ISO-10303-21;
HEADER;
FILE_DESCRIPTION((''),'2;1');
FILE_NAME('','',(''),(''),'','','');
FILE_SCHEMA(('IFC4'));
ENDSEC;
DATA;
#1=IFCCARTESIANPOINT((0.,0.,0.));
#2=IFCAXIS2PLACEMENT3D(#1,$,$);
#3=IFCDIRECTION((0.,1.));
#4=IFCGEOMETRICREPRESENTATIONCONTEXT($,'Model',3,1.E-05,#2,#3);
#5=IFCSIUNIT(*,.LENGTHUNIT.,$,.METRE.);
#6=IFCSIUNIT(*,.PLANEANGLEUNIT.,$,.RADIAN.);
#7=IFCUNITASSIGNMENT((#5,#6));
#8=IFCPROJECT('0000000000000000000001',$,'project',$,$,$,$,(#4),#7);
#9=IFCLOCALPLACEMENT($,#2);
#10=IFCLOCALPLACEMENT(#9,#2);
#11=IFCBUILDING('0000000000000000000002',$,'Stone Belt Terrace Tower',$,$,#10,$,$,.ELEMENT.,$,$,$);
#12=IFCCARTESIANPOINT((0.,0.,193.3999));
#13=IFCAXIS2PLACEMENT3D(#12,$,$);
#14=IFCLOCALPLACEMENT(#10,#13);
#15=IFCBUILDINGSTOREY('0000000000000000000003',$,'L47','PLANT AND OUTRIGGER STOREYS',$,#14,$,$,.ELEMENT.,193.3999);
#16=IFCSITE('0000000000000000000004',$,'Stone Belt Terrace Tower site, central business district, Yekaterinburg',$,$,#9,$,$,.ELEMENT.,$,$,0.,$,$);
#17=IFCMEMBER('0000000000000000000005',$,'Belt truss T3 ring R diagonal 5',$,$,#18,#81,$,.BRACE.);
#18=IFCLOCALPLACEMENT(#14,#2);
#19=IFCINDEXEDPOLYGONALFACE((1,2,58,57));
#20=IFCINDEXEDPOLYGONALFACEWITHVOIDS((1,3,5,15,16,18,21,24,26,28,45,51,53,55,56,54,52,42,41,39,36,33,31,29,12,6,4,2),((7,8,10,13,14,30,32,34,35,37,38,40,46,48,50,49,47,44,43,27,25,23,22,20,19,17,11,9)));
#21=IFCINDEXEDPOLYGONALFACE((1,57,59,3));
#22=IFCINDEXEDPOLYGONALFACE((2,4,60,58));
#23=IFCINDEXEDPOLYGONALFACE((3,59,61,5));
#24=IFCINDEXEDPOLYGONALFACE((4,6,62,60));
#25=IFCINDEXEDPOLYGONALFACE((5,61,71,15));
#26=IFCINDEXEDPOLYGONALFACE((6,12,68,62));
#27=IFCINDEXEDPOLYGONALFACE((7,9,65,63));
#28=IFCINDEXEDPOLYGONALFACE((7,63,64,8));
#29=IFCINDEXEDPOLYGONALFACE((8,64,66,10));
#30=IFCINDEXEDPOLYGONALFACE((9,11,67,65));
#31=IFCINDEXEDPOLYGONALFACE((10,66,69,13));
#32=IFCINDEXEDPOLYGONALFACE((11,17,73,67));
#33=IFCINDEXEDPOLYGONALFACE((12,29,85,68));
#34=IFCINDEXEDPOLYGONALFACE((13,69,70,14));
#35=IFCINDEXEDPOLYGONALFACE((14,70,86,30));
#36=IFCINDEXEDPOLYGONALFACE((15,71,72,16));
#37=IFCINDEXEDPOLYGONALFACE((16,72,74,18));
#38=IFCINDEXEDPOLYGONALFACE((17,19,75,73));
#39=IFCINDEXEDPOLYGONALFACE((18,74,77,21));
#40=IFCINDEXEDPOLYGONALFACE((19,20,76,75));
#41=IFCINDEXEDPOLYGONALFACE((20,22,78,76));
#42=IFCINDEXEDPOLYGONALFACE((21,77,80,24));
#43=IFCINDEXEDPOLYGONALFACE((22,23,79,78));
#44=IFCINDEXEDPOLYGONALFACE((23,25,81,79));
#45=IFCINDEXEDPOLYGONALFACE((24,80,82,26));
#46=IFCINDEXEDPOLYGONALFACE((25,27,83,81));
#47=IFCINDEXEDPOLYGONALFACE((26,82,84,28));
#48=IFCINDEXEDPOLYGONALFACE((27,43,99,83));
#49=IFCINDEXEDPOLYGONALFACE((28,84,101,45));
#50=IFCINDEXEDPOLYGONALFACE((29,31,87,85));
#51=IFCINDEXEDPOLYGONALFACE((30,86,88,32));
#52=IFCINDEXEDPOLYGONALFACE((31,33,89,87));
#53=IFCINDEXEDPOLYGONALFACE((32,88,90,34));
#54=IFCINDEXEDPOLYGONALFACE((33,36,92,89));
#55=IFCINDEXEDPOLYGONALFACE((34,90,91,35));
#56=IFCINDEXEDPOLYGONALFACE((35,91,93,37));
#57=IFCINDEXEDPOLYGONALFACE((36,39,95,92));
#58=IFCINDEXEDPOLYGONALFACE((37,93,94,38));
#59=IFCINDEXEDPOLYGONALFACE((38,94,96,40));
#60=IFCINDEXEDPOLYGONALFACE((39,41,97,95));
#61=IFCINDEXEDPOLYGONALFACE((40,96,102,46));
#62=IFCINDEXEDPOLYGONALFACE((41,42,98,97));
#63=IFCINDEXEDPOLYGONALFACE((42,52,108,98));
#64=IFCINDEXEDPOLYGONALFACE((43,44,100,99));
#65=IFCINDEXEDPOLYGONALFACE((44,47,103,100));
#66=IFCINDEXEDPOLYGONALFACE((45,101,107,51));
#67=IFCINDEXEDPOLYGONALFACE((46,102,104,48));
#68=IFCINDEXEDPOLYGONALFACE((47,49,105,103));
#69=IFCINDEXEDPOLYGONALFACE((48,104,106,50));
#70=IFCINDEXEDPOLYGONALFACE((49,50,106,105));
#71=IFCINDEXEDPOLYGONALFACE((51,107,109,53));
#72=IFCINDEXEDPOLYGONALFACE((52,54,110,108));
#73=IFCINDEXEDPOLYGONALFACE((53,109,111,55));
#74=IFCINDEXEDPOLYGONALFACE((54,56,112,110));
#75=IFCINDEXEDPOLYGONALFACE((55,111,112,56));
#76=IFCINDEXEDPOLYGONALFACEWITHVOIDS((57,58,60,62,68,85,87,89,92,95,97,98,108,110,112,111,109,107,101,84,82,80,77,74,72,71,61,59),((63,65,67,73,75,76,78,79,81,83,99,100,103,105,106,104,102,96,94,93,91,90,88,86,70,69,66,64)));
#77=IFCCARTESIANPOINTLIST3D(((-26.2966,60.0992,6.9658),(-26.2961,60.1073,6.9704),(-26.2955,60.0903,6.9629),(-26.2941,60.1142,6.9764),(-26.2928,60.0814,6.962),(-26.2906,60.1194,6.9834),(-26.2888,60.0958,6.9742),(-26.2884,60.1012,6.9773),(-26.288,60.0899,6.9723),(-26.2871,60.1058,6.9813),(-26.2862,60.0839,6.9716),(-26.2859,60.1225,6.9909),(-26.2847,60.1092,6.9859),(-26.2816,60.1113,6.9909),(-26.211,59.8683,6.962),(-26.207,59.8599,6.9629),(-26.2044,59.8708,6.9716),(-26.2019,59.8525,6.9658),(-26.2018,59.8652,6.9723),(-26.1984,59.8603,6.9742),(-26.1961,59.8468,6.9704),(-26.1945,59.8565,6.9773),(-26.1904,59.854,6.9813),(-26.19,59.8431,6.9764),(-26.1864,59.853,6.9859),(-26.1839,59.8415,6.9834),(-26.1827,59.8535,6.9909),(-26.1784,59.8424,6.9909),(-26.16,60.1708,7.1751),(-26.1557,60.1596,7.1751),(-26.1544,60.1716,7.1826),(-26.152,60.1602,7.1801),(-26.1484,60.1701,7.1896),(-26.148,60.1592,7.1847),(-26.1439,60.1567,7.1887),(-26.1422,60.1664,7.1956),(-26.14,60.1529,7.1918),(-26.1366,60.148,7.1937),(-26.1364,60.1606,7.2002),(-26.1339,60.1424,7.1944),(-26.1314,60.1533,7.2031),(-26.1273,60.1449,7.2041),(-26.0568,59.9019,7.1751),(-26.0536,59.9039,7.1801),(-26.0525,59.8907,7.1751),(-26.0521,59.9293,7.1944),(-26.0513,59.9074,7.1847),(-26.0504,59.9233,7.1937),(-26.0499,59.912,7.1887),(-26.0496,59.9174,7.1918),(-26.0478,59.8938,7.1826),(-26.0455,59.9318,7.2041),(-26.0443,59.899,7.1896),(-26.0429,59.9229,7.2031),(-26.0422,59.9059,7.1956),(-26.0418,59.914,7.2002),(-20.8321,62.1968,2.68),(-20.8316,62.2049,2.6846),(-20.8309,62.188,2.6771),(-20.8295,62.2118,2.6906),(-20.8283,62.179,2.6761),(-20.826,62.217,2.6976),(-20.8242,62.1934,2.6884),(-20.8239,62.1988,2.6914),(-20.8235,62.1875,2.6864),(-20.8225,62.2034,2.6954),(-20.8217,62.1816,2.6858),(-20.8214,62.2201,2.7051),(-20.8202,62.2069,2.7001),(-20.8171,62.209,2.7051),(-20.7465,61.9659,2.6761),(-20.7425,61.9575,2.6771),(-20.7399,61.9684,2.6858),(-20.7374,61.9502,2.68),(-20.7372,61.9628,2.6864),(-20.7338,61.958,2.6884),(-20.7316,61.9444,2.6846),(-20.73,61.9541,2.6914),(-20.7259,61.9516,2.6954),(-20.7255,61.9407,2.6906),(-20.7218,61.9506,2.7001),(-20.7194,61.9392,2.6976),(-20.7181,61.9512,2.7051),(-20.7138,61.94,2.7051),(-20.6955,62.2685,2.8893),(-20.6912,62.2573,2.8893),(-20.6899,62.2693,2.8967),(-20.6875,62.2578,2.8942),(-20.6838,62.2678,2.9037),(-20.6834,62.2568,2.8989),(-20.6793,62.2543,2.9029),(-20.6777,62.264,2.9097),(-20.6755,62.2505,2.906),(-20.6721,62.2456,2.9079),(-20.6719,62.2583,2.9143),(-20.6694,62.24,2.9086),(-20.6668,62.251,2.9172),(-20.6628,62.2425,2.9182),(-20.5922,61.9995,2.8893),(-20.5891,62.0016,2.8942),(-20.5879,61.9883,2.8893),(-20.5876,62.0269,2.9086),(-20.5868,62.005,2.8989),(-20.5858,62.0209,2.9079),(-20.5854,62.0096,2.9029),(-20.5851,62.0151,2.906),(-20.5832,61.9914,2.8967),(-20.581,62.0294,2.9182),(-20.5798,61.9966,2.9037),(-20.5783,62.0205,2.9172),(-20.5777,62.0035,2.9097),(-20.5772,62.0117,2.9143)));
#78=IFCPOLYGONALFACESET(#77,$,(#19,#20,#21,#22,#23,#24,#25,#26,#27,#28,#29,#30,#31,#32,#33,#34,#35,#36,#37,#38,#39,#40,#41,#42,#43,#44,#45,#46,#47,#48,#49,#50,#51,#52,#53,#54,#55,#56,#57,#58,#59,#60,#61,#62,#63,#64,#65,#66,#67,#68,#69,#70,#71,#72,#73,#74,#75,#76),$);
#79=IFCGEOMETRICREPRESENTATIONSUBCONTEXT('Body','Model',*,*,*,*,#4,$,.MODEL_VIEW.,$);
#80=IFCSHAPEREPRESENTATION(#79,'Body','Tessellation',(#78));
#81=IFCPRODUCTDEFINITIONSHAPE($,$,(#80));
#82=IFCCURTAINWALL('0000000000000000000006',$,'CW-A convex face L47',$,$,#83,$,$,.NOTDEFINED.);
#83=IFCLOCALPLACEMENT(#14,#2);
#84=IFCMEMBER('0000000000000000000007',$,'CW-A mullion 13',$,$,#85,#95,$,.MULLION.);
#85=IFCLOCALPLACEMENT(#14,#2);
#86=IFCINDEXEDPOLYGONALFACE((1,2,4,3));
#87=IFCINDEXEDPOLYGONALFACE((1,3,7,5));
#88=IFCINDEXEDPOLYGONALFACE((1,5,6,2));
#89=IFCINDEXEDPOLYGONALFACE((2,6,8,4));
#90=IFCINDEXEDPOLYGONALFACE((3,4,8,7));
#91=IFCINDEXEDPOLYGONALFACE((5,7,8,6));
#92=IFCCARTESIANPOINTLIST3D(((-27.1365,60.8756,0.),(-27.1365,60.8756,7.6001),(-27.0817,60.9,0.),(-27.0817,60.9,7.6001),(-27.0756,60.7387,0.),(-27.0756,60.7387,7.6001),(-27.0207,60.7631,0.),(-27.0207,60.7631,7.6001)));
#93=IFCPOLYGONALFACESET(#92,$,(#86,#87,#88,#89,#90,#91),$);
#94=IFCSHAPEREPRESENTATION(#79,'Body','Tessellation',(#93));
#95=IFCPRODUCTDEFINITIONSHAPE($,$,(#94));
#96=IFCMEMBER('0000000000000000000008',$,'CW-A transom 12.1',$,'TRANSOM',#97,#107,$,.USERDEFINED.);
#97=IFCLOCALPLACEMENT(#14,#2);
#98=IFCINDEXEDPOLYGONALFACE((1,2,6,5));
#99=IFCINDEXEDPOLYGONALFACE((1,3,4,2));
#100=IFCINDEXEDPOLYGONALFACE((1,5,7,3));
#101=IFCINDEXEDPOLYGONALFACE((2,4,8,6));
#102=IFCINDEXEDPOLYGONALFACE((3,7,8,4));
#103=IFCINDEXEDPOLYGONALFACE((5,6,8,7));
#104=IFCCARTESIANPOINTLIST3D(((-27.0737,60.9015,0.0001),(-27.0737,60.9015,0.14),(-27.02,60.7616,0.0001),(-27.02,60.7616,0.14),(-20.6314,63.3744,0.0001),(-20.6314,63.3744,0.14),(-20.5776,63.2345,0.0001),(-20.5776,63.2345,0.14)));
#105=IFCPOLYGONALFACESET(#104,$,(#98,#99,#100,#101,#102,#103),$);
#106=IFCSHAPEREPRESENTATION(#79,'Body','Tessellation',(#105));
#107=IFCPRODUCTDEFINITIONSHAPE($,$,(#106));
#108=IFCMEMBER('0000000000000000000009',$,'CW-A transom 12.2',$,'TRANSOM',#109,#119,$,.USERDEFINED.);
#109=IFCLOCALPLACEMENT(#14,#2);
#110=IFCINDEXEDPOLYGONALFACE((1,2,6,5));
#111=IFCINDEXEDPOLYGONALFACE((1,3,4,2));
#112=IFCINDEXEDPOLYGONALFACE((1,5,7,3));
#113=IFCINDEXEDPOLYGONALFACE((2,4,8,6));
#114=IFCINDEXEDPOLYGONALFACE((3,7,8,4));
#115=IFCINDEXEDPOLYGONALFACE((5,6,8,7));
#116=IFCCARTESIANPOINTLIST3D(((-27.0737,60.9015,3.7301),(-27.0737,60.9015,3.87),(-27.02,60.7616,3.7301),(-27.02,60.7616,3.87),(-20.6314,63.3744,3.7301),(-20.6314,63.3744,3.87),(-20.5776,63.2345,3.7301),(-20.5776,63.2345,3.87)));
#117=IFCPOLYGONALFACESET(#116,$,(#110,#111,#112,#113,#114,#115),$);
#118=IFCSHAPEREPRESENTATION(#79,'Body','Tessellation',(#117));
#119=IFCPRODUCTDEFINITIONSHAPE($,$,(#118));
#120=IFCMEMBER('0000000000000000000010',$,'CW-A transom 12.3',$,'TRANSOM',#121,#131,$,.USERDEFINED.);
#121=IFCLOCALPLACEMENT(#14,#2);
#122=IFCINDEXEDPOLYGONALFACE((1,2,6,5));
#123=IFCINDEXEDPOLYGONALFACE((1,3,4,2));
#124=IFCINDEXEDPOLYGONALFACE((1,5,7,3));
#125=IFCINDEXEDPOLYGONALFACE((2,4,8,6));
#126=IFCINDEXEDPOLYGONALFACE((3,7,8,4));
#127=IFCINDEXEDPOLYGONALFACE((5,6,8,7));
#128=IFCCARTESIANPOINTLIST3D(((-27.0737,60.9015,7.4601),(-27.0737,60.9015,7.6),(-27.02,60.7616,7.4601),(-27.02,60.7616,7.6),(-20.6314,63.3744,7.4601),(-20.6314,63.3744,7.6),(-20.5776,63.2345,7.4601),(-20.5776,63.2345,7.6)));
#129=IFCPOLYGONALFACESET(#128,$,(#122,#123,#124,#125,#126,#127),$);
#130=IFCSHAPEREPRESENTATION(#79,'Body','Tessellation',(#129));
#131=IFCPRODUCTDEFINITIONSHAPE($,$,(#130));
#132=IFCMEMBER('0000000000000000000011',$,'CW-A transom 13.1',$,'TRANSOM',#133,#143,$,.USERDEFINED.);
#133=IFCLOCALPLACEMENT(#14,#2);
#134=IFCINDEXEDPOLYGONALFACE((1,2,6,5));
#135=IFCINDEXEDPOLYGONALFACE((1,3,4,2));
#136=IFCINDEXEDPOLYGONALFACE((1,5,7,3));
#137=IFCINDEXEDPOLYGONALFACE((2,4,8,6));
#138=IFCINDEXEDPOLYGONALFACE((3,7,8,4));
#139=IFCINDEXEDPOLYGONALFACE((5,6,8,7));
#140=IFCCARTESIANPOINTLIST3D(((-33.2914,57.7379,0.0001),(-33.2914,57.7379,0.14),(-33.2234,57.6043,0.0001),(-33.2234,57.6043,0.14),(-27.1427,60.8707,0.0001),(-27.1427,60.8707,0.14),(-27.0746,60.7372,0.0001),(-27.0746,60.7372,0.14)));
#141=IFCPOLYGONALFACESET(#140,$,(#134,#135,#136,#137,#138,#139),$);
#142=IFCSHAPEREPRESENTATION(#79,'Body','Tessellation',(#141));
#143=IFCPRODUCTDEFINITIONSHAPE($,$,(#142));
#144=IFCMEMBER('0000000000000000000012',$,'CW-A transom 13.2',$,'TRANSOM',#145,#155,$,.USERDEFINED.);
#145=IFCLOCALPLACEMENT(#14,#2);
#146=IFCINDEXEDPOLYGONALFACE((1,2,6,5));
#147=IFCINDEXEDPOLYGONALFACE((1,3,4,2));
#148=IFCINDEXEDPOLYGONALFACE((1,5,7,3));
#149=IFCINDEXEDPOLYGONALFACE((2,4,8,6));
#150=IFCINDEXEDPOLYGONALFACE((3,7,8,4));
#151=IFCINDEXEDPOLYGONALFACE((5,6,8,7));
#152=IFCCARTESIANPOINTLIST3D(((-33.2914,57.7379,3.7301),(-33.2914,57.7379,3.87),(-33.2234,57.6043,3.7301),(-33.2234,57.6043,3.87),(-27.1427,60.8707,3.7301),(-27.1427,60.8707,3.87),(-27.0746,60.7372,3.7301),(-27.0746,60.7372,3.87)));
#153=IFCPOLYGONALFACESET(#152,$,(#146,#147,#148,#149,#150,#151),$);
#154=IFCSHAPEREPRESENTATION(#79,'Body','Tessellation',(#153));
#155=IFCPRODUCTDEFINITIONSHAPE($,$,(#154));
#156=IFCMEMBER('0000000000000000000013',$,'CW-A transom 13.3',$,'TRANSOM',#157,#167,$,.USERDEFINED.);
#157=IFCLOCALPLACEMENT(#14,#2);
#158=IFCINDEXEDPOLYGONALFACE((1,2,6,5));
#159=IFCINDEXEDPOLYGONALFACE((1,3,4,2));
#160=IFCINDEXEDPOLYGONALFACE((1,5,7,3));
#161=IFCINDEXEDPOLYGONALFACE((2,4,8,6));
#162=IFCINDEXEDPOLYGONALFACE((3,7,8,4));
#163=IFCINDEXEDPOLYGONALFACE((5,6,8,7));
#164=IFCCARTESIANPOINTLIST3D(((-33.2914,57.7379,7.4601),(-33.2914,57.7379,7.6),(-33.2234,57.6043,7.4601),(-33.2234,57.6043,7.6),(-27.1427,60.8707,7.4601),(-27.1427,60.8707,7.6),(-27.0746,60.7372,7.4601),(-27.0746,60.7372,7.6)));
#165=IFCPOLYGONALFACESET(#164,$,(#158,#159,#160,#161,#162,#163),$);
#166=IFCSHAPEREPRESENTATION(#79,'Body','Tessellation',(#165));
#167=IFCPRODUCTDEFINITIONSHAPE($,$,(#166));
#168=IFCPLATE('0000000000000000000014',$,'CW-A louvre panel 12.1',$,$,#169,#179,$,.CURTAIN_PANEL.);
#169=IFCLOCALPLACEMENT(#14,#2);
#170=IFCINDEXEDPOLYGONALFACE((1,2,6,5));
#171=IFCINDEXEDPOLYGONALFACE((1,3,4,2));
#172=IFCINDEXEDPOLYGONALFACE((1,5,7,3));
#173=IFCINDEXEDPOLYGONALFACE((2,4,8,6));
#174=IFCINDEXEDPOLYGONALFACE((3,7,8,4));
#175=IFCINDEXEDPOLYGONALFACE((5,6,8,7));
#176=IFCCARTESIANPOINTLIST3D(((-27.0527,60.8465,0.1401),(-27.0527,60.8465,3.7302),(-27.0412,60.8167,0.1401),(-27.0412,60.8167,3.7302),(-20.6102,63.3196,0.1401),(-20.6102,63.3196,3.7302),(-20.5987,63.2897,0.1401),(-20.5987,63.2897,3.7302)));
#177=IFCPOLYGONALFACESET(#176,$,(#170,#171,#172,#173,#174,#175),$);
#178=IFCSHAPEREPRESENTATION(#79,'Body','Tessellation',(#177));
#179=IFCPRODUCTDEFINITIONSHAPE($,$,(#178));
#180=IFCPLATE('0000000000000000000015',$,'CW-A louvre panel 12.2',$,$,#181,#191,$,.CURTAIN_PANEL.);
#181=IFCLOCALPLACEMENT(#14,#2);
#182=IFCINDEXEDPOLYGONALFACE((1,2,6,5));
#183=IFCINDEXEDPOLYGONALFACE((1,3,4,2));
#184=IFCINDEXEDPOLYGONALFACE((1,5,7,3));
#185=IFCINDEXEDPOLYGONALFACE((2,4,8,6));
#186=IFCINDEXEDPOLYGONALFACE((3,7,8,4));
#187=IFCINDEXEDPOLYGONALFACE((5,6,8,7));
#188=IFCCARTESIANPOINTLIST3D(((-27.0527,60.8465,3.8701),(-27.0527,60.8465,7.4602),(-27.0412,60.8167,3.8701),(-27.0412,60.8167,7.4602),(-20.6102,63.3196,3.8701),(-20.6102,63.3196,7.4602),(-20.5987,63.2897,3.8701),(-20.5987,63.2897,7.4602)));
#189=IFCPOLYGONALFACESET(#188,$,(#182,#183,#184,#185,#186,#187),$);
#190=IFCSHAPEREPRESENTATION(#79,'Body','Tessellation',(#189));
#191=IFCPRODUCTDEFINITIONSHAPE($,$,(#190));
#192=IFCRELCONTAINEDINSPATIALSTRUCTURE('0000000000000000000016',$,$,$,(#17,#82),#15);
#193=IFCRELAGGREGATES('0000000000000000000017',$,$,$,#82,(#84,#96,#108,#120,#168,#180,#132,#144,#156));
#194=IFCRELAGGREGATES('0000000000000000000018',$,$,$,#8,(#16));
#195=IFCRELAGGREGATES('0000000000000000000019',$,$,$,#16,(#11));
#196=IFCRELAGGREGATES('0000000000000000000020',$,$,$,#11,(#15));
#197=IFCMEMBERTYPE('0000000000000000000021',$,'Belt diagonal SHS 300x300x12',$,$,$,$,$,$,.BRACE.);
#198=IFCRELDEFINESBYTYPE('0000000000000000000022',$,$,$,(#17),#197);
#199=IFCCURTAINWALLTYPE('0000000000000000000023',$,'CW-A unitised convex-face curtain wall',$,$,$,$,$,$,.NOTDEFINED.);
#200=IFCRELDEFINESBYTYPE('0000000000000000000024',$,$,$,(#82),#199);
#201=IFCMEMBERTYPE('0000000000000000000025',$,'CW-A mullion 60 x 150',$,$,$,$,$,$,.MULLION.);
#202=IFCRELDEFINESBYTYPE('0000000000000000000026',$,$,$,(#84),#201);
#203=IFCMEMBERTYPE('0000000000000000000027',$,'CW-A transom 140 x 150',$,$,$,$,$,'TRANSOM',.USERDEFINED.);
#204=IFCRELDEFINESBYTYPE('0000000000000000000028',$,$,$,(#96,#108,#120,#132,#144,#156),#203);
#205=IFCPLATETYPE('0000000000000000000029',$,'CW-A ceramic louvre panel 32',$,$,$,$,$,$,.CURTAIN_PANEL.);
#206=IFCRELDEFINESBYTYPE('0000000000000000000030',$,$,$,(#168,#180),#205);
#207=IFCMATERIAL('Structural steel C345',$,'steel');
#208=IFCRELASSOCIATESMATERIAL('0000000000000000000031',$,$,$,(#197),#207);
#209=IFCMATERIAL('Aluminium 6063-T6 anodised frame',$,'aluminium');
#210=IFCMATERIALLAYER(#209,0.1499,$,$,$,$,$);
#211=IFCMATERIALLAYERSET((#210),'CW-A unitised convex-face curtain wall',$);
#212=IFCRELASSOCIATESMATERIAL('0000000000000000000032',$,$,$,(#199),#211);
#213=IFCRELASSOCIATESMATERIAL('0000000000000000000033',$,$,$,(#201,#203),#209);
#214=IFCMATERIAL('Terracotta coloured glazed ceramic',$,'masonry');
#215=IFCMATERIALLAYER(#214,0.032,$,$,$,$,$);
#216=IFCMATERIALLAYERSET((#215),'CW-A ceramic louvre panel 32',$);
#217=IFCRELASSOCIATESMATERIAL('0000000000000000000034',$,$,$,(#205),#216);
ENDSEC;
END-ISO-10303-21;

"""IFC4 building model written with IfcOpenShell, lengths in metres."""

from ifc_helpers import new_model, si_unit, direction, frame, origin, origin_2d, place, context, subcontext, project, spatial, rectangle, hollow_rectangle, extrude, material, layer, layer_set, material_profile, profile_set, type_object, element, aggregate, save


model = new_model("IFC4")

# Units and contexts
model_context = context("Model", 3, precision=1e-05, world=origin(), true_north=direction((0.0, 1.0)))
body_context = subcontext(model_context, "Body", "Model", "MODEL_VIEW")
ifc_project = project(units=[si_unit("LENGTHUNIT", "METRE"), si_unit("PLANEANGLEUNIT", "RADIAN")], contexts=[model_context])

# Site, building, storey
site_placement = place(None, origin())
site = spatial("IfcSite", under=ifc_project, at=site_placement, Name="Stone Belt Terrace Tower site, central business district, Yekaterinburg", CompositionType="ELEMENT", RefElevation=0.0)
building_placement = place(site_placement, origin())
building = spatial("IfcBuilding", under=site, at=building_placement, Name="Stone Belt Terrace Tower", CompositionType="ELEMENT")
storey_placement = place(building_placement, frame((0.0, 0.0, 193.3999)))
storey = spatial("IfcBuildingStorey", under=building, at=storey_placement, Name="L47", Description="PLANT AND OUTRIGGER STOREYS", CompositionType="ELEMENT", Elevation=193.3999)

# Member
ifc_material_1 = material(Name="Structural steel C345", Category="steel")
ifc_material_profile_1 = material_profile(ifc_material_1, hollow_rectangle(XDim=0.3, YDim=0.3, WallThickness=0.012, InnerFilletRadius=0.0239, OuterFilletRadius=0.0359, at=origin_2d()), Name="SHS 300x300x12")
ifc_profile_set_1 = profile_set([ifc_material_profile_1], Name="Structural steel C345")
member_type_1 = type_object("IfcMemberType", Name="Belt diagonal SHS 300x300x12", PredefinedType="BRACE", material=ifc_profile_set_1)
member_1_placement = place(storey_placement, frame((-26.1692, 60.0066, 7.083), z_axis=(0.753248, 0.289144, -0.590773), x_axis=(-0.358367, 0.933581, 0.0)))
element("IfcMember", 1, at=member_1_placement, inside=storey, type_object=member_type_1, Name="Belt truss T3 ring R diagonal 5", PredefinedType="BRACE", context=body_context, shape_type="SweptSolid", body=[
    extrude(hollow_rectangle(XDim=0.3, YDim=0.3, WallThickness=0.012, InnerFilletRadius=0.0239, OuterFilletRadius=0.0359, at=origin_2d()), origin(), (0.0, 0.0, 1.0), 7.2546),
])

# Curtain wall, members, plates
ifc_material_2 = material(Name="Aluminium 6063-T6 anodised frame", Category="aluminium")
ifc_layer_1 = layer(ifc_material_2, 0.1499)
ifc_layer_set_1 = layer_set([ifc_layer_1], Name="CW-A unitised convex-face curtain wall")
curtain_wall_type = type_object("IfcCurtainWallType", Name="CW-A unitised convex-face curtain wall", PredefinedType="NOTDEFINED", material=ifc_layer_set_1)
curtain_wall_placement = place(storey_placement, origin())
curtain_wall = element("IfcCurtainWall", 2, at=curtain_wall_placement, inside=storey, type_object=curtain_wall_type, Name="CW-A convex face L47", PredefinedType="NOTDEFINED")
ifc_material_profile_2 = material_profile(ifc_material_2, rectangle(XDim=0.1499, YDim=0.0601, at=origin_2d()), Name="Aluminium 6063-T6 60x150")
ifc_profile_set_2 = profile_set([ifc_material_profile_2], Name="Aluminium 6063-T6 anodised frame")
member_type_2 = type_object("IfcMemberType", Name="CW-A mullion 60 x 150", PredefinedType="MULLION", material=ifc_profile_set_2)
member_2_placement = place(storey_placement, frame((-27.0786, 60.8193, 0.0), z_axis=(0.0, 0.0, 1.0), x_axis=(0.406737, -0.913545, 0.0)))
member_2 = element("IfcMember", 3, at=member_2_placement, type_object=member_type_2, Name="CW-A mullion 13", PredefinedType="MULLION", context=body_context, shape_type="SweptSolid", body=[
    extrude(rectangle(XDim=0.1499, YDim=0.0601, at=origin_2d()), origin(), (0.0, 0.0, 1.0), 7.6001),
])
ifc_material_profile_3 = material_profile(ifc_material_2, rectangle(XDim=0.1499, YDim=0.1399, at=origin_2d()), Name="Aluminium 6063-T6 150x140")
ifc_profile_set_3 = profile_set([ifc_material_profile_3], Name="Aluminium 6063-T6 anodised frame")
member_type_3 = type_object("IfcMemberType", Name="CW-A transom 140 x 150", ElementType="TRANSOM", PredefinedType="USERDEFINED", material=ifc_profile_set_3)
member_3_placement = place(storey_placement, frame((-20.6045, 63.3044, 0.0701), z_axis=(-0.933585, -0.358355, 0.0), x_axis=(0.358355, -0.933585, 0.0)))
member_3 = element("IfcMember", 4, at=member_3_placement, type_object=member_type_3, Name="CW-A transom 12.1", ObjectType="TRANSOM", PredefinedType="USERDEFINED", context=body_context, shape_type="SweptSolid", body=[
    extrude(rectangle(XDim=0.1499, YDim=0.1399, at=origin_2d()), origin(), (0.0, 0.0, 1.0), 6.9006),
])
member_4_placement = place(storey_placement, frame((-20.6045, 63.3044, 3.8), z_axis=(-0.933585, -0.358355, 0.0), x_axis=(0.358355, -0.933585, 0.0)))
member_4 = element("IfcMember", 5, at=member_4_placement, type_object=member_type_3, Name="CW-A transom 12.2", ObjectType="TRANSOM", PredefinedType="USERDEFINED", context=body_context, shape_type="SweptSolid", body=[
    extrude(rectangle(XDim=0.1499, YDim=0.1399, at=origin_2d()), origin(), (0.0, 0.0, 1.0), 6.9006),
])
member_5_placement = place(storey_placement, frame((-20.6045, 63.3044, 7.53), z_axis=(-0.933585, -0.358355, 0.0), x_axis=(0.358355, -0.933585, 0.0)))
member_5 = element("IfcMember", 6, at=member_5_placement, type_object=member_type_3, Name="CW-A transom 12.3", ObjectType="TRANSOM", PredefinedType="USERDEFINED", context=body_context, shape_type="SweptSolid", body=[
    extrude(rectangle(XDim=0.1499, YDim=0.1399, at=origin_2d()), origin(), (0.0, 0.0, 1.0), 6.9006),
])
member_6_placement = place(storey_placement, frame((-27.1086, 60.804, 0.0701), z_axis=(-0.891012, -0.453979, 0.0), x_axis=(0.453979, -0.891012, 0.0)))
member_6 = element("IfcMember", 7, at=member_6_placement, type_object=member_type_3, Name="CW-A transom 13.1", ObjectType="TRANSOM", PredefinedType="USERDEFINED", context=body_context, shape_type="SweptSolid", body=[
    extrude(rectangle(XDim=0.1499, YDim=0.1399, at=origin_2d()), origin(), (0.0, 0.0, 1.0), 6.9009),
])
member_7_placement = place(storey_placement, frame((-27.1086, 60.804, 3.8), z_axis=(-0.891012, -0.453979, 0.0), x_axis=(0.453979, -0.891012, 0.0)))
member_7 = element("IfcMember", 8, at=member_7_placement, type_object=member_type_3, Name="CW-A transom 13.2", ObjectType="TRANSOM", PredefinedType="USERDEFINED", context=body_context, shape_type="SweptSolid", body=[
    extrude(rectangle(XDim=0.1499, YDim=0.1399, at=origin_2d()), origin(), (0.0, 0.0, 1.0), 6.9009),
])
member_8_placement = place(storey_placement, frame((-27.1086, 60.804, 7.53), z_axis=(-0.891012, -0.453979, 0.0), x_axis=(0.453979, -0.891012, 0.0)))
member_8 = element("IfcMember", 9, at=member_8_placement, type_object=member_type_3, Name="CW-A transom 13.3", ObjectType="TRANSOM", PredefinedType="USERDEFINED", context=body_context, shape_type="SweptSolid", body=[
    extrude(rectangle(XDim=0.1499, YDim=0.1399, at=origin_2d()), origin(), (0.0, 0.0, 1.0), 6.9009),
])
ifc_material_3 = material(Name="Terracotta coloured glazed ceramic", Category="masonry")
ifc_layer_2 = layer(ifc_material_3, 0.032)
ifc_layer_set_2 = layer_set([ifc_layer_2], Name="CW-A ceramic louvre panel 32")
plate_type = type_object("IfcPlateType", Name="CW-A ceramic louvre panel 32", PredefinedType="CURTAIN_PANEL", material=ifc_layer_set_2)
plate_1_placement = place(storey_placement, frame((-23.8257, 62.0681, 0.1401), z_axis=(0.0, 0.0, 1.0), x_axis=(-0.93358, -0.358368, 0.0)))
plate_1 = element("IfcPlate", 10, at=plate_1_placement, type_object=plate_type, Name="CW-A louvre panel 12.1", PredefinedType="CURTAIN_PANEL", context=body_context, shape_type="SweptSolid", body=[
    extrude(rectangle(XDim=6.9009, YDim=0.032, at=origin_2d()), origin(), (0.0, 0.0, 1.0), 3.5901),
])
plate_2_placement = place(storey_placement, frame((-23.8257, 62.0681, 3.8701), z_axis=(0.0, 0.0, 1.0), x_axis=(-0.93358, -0.358368, 0.0)))
plate_2 = element("IfcPlate", 11, at=plate_2_placement, type_object=plate_type, Name="CW-A louvre panel 12.2", PredefinedType="CURTAIN_PANEL", context=body_context, shape_type="SweptSolid", body=[
    extrude(rectangle(XDim=6.9009, YDim=0.032, at=origin_2d()), origin(), (0.0, 0.0, 1.0), 3.5901),
])
aggregate(curtain_wall, [member_2, member_3, member_4, member_5, plate_1, plate_2, member_6, member_7, member_8])

save(model, "model.ifc")
